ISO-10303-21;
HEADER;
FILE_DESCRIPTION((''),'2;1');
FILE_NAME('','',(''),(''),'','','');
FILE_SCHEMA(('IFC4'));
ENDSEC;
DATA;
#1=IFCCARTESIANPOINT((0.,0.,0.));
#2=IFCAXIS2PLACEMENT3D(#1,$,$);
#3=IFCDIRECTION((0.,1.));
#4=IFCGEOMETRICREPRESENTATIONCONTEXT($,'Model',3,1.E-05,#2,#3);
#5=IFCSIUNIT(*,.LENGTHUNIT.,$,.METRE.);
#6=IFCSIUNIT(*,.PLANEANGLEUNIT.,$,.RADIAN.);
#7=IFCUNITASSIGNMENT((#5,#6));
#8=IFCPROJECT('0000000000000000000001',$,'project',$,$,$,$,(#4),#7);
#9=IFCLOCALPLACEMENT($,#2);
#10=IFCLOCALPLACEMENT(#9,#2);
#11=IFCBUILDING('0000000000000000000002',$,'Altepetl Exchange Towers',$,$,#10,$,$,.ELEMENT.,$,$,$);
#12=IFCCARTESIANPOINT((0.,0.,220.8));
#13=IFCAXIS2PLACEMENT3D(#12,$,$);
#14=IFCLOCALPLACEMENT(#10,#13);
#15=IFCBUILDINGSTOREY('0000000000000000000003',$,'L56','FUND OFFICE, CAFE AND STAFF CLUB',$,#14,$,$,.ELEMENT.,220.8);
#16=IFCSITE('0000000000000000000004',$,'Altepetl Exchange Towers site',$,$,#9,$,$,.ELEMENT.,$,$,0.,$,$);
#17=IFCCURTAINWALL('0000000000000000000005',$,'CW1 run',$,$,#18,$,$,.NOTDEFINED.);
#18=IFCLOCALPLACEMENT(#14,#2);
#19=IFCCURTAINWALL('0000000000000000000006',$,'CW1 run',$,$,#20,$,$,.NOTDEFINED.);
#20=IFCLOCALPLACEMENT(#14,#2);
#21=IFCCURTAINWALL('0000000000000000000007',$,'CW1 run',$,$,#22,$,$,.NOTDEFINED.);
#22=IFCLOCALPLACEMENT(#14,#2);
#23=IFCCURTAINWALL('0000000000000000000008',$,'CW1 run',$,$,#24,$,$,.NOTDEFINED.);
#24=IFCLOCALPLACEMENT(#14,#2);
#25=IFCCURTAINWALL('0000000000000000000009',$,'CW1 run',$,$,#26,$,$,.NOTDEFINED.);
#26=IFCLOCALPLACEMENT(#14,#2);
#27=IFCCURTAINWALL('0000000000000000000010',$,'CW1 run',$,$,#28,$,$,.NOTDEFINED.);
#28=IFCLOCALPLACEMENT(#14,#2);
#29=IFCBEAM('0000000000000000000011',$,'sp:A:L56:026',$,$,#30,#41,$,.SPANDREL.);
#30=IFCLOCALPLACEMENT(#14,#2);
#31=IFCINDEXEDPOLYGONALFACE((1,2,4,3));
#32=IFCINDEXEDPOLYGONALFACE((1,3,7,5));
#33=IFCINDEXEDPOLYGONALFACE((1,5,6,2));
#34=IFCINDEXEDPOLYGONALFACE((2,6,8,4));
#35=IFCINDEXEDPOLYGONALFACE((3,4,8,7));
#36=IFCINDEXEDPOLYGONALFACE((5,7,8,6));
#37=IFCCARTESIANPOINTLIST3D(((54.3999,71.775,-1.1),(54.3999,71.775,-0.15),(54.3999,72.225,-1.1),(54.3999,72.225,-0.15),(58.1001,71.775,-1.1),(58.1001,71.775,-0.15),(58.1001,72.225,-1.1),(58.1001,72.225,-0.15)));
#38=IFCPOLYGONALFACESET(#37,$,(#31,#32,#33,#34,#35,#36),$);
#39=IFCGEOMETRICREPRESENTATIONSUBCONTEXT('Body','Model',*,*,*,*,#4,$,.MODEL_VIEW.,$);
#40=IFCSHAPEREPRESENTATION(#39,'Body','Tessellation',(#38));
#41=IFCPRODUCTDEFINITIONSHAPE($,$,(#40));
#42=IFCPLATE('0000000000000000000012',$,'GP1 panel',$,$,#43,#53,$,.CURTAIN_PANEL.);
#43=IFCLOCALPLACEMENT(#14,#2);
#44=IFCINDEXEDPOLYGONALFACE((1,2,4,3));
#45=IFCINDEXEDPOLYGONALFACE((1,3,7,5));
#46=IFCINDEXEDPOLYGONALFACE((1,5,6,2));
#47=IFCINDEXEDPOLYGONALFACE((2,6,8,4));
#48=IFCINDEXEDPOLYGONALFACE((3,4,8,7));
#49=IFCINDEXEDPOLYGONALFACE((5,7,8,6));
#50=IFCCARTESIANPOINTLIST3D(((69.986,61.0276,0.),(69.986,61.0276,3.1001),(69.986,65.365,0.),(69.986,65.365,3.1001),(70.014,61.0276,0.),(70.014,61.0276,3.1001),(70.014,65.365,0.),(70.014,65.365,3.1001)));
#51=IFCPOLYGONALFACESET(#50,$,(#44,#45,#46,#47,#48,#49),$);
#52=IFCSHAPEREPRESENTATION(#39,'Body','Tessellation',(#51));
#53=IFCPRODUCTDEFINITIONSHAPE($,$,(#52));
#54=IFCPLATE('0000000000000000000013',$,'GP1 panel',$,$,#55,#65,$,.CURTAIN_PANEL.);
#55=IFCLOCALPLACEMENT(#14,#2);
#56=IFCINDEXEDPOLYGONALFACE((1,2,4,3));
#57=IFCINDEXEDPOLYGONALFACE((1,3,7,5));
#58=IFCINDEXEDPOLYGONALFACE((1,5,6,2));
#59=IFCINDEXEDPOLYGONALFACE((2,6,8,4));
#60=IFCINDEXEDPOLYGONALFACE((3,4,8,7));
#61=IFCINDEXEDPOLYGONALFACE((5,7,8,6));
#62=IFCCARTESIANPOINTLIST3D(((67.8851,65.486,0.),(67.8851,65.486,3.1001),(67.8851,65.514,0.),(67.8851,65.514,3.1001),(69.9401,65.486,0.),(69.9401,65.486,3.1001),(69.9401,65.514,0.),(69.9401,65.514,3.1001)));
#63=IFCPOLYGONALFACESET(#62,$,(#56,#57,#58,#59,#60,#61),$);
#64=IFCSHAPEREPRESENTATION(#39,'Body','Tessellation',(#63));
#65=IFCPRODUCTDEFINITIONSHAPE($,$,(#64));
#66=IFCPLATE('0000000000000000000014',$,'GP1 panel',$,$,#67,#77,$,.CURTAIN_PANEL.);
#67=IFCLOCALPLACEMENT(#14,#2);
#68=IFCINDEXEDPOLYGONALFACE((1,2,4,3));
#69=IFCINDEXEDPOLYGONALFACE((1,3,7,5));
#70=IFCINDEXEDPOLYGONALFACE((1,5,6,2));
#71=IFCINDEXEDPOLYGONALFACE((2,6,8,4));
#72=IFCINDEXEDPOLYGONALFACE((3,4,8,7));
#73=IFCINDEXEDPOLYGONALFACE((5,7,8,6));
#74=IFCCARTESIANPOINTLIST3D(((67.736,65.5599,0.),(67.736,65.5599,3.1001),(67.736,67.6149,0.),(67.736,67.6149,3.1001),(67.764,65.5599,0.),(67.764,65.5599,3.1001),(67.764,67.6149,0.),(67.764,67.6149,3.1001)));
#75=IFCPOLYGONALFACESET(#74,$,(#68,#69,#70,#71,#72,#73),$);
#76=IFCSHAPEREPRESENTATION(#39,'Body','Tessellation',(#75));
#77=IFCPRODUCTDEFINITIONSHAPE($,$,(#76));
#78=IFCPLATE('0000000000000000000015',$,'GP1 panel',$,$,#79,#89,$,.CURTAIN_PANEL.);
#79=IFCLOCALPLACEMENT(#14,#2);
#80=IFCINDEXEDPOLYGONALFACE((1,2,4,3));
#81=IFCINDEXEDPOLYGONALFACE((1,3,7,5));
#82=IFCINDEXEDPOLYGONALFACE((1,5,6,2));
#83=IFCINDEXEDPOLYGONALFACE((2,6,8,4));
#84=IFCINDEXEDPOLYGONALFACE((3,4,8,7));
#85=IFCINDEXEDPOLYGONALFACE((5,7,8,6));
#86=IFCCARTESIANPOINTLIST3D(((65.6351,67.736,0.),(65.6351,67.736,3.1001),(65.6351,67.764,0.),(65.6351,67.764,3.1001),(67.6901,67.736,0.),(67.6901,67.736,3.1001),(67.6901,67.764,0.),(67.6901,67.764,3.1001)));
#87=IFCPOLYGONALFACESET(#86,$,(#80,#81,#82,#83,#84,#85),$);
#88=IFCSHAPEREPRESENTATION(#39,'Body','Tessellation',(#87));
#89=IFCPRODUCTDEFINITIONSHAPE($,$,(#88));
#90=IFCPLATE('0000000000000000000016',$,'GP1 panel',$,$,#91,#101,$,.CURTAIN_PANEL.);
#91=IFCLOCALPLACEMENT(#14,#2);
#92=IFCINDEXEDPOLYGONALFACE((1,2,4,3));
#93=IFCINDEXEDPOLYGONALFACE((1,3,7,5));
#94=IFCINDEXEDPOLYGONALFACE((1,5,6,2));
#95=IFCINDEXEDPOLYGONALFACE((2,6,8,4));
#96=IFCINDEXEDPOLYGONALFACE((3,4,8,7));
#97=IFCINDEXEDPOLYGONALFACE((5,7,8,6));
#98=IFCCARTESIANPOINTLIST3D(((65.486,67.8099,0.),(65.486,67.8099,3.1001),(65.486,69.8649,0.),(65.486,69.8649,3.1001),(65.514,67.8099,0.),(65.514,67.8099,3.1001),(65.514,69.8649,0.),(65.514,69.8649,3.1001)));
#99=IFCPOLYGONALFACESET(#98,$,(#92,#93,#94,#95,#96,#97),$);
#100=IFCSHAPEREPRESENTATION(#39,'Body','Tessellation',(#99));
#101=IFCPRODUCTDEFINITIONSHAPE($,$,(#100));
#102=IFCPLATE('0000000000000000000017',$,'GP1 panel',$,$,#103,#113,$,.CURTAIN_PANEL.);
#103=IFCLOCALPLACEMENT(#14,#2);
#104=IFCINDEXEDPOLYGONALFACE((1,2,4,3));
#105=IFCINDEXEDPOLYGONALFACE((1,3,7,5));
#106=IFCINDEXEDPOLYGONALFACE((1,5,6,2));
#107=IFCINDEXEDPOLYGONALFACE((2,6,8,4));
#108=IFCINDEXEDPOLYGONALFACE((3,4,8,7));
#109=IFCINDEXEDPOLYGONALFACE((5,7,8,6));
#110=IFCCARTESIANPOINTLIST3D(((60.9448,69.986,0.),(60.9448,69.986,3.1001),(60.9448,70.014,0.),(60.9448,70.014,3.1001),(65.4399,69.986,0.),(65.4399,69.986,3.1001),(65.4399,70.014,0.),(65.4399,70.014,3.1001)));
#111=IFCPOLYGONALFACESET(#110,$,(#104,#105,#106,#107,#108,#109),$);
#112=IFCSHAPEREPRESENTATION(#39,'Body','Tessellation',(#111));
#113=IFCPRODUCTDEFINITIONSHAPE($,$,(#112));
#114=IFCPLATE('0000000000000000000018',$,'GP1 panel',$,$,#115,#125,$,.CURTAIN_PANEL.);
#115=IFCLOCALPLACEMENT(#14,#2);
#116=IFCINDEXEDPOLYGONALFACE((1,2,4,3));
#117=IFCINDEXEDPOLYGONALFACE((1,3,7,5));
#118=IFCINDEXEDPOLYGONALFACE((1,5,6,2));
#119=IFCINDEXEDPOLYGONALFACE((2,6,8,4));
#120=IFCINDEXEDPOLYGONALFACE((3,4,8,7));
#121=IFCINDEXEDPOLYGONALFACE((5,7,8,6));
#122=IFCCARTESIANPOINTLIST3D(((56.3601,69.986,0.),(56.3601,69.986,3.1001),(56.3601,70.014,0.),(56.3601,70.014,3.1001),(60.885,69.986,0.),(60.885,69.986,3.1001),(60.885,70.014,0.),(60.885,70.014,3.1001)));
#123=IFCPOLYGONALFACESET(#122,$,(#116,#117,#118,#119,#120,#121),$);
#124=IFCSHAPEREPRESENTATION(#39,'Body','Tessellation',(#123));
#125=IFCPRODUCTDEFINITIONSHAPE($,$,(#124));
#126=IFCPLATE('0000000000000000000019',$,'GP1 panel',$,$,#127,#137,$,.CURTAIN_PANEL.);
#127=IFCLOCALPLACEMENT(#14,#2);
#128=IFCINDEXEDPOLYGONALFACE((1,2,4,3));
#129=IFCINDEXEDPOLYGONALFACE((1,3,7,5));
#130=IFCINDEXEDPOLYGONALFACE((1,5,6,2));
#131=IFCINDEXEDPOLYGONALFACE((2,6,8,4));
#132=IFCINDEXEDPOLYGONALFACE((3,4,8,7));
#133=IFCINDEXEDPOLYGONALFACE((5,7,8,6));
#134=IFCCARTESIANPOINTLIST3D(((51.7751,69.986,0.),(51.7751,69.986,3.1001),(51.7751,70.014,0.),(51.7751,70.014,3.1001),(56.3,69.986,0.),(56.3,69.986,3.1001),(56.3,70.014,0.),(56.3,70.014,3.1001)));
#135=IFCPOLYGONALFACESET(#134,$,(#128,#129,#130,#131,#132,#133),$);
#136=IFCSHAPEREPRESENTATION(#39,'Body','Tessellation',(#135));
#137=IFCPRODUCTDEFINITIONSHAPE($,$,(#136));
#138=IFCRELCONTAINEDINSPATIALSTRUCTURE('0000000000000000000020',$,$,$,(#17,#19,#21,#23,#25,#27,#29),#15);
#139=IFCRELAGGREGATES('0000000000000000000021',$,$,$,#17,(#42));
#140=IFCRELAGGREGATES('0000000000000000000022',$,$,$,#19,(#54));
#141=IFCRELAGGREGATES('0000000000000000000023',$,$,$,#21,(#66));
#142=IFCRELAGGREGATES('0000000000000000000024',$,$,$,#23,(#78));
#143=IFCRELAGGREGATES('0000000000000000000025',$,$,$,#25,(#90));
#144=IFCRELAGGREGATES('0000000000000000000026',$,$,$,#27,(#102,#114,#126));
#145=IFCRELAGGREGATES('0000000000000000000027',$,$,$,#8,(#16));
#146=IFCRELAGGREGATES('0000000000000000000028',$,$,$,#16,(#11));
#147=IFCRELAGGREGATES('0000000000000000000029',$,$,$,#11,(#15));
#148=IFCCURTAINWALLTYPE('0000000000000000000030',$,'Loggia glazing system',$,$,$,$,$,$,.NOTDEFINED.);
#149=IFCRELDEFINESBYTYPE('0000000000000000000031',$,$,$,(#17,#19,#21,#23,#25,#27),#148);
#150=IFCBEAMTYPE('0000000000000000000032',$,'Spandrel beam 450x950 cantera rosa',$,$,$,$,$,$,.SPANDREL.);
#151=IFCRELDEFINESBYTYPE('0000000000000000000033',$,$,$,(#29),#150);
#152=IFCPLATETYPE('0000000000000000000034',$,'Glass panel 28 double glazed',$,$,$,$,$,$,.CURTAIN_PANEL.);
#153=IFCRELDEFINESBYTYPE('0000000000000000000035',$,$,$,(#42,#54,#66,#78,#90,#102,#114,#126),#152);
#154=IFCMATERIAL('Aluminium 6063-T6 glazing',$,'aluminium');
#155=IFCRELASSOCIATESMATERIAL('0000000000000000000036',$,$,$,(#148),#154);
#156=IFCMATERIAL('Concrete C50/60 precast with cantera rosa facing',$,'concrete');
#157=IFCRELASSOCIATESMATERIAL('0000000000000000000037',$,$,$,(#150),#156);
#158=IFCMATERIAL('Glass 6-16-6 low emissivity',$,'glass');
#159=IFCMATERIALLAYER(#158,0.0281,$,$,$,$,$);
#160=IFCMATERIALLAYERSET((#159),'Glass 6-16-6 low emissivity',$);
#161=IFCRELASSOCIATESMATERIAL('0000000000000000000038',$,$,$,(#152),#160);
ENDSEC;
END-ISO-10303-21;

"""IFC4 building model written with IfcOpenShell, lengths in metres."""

from ifc_helpers import new_model, si_unit, direction, frame, origin, origin_2d, place, context, subcontext, project, spatial, rectangle, extrude, material, layer, layer_set, material_profile, profile_set, type_object, element, aggregate, save


model = new_model("IFC4")

# Units and contexts
model_context = context("Model", 3, precision=1e-05, world=origin(), true_north=direction((0.0, 1.0)))
body_context = subcontext(model_context, "Body", "Model", "MODEL_VIEW")
ifc_project = project(units=[si_unit("LENGTHUNIT", "METRE"), si_unit("PLANEANGLEUNIT", "RADIAN")], contexts=[model_context])

# Site, building, storey
site_placement = place(None, origin())
site = spatial("IfcSite", under=ifc_project, at=site_placement, Name="Altepetl Exchange Towers site", CompositionType="ELEMENT", RefElevation=0.0)
building_placement = place(site_placement, origin())
building = spatial("IfcBuilding", under=site, at=building_placement, Name="Altepetl Exchange Towers", CompositionType="ELEMENT")
storey_placement = place(building_placement, frame((0.0, 0.0, 220.8)))
storey = spatial("IfcBuildingStorey", under=building, at=storey_placement, Name="L56", Description="FUND OFFICE, CAFE AND STAFF CLUB", CompositionType="ELEMENT", Elevation=220.8)

# Curtain walls
ifc_material_1 = material(Name="Aluminium 6063-T6 glazing", Category="aluminium")
curtain_wall_type = type_object("IfcCurtainWallType", Name="Loggia glazing system", PredefinedType="NOTDEFINED", material=ifc_material_1)
curtain_wall_1_placement = place(storey_placement, origin())
curtain_wall_1 = element("IfcCurtainWall", 1, at=curtain_wall_1_placement, inside=storey, type_object=curtain_wall_type, Name="CW1 run", PredefinedType="NOTDEFINED")
curtain_wall_2_placement = place(storey_placement, origin())
curtain_wall_2 = element("IfcCurtainWall", 2, at=curtain_wall_2_placement, inside=storey, type_object=curtain_wall_type, Name="CW1 run", PredefinedType="NOTDEFINED")
curtain_wall_3_placement = place(storey_placement, origin())
curtain_wall_3 = element("IfcCurtainWall", 3, at=curtain_wall_3_placement, inside=storey, type_object=curtain_wall_type, Name="CW1 run", PredefinedType="NOTDEFINED")
curtain_wall_4_placement = place(storey_placement, origin())
curtain_wall_4 = element("IfcCurtainWall", 4, at=curtain_wall_4_placement, inside=storey, type_object=curtain_wall_type, Name="CW1 run", PredefinedType="NOTDEFINED")
curtain_wall_5_placement = place(storey_placement, origin())
curtain_wall_5 = element("IfcCurtainWall", 5, at=curtain_wall_5_placement, inside=storey, type_object=curtain_wall_type, Name="CW1 run", PredefinedType="NOTDEFINED")
curtain_wall_6_placement = place(storey_placement, origin())
curtain_wall_6 = element("IfcCurtainWall", 6, at=curtain_wall_6_placement, inside=storey, type_object=curtain_wall_type, Name="CW1 run", PredefinedType="NOTDEFINED")

# Beam
ifc_material_2 = material(Name="Concrete C50/60 precast with cantera rosa facing", Category="concrete")
ifc_material_profile_1 = material_profile(ifc_material_2, rectangle(XDim=0.45, YDim=0.95, at=origin_2d()), Name="450 x 950")
ifc_profile_set_1 = profile_set([ifc_material_profile_1], Name="Concrete C50/60 precast with cantera rosa facing")
beam_type = type_object("IfcBeamType", Name="Spandrel beam 450x950 cantera rosa", PredefinedType="SPANDREL", material=ifc_profile_set_1)
for number, where, z_axis, x_axis, name in (
    (7, (58.1001, 72.0, -0.625), (-1.0, 0.0, 0.0), (0.0, -1.0, 0.0), "sp:A:L56:026"),
):
    element("IfcBeam", number, at=place(storey_placement, frame(where, z_axis=z_axis, x_axis=x_axis)), inside=storey, type_object=beam_type, Name=name, PredefinedType="SPANDREL", context=body_context, shape_type="SweptSolid", body=[
        extrude(rectangle(XDim=0.45, YDim=0.95, at=origin_2d()), origin(), (0.0, 0.0, 1.0), 3.7002),
    ])

# Plates
ifc_material_3 = material(Name="Glass 6-16-6 low emissivity", Category="glass")
ifc_layer = layer(ifc_material_3, 0.0281)
ifc_layer_set = layer_set([ifc_layer], Name="Glass 6-16-6 low emissivity")
plate_type = type_object("IfcPlateType", Name="Glass panel 28 double glazed", PredefinedType="CURTAIN_PANEL", material=ifc_layer_set)
plate_1_placement = place(storey_placement, frame((70.0, 63.1963, 0.0), z_axis=(0.0, 0.0, 1.0), x_axis=(0.0, 1.0, 0.0)))
plate_1 = element("IfcPlate", 8, at=plate_1_placement, type_object=plate_type, Name="GP1 panel", PredefinedType="CURTAIN_PANEL", context=body_context, shape_type="SweptSolid", body=[
    extrude(rectangle(XDim=4.3374, YDim=0.0281, at=origin_2d()), origin(), (0.0, 0.0, 1.0), 3.1001),
])
aggregate(curtain_wall_1, [plate_1])
plate_2_placement = place(storey_placement, frame((68.9126, 65.5, 0.0), z_axis=(0.0, 0.0, 1.0), x_axis=(-1.0, 0.0, 0.0)))
plate_2 = element("IfcPlate", 9, at=plate_2_placement, type_object=plate_type, Name="GP1 panel", PredefinedType="CURTAIN_PANEL", context=body_context, shape_type="SweptSolid", body=[
    extrude(rectangle(XDim=2.0549, YDim=0.0281, at=origin_2d()), origin(), (0.0, 0.0, 1.0), 3.1001),
])
aggregate(curtain_wall_2, [plate_2])
plate_3_placement = place(storey_placement, frame((67.75, 66.5874, 0.0), z_axis=(0.0, 0.0, 1.0), x_axis=(0.0, 1.0, 0.0)))
plate_3 = element("IfcPlate", 10, at=plate_3_placement, type_object=plate_type, Name="GP1 panel", PredefinedType="CURTAIN_PANEL", context=body_context, shape_type="SweptSolid", body=[
    extrude(rectangle(XDim=2.0549, YDim=0.0281, at=origin_2d()), origin(), (0.0, 0.0, 1.0), 3.1001),
])
aggregate(curtain_wall_3, [plate_3])
plate_4_placement = place(storey_placement, frame((66.6626, 67.75, 0.0), z_axis=(0.0, 0.0, 1.0), x_axis=(-1.0, 0.0, 0.0)))
plate_4 = element("IfcPlate", 11, at=plate_4_placement, type_object=plate_type, Name="GP1 panel", PredefinedType="CURTAIN_PANEL", context=body_context, shape_type="SweptSolid", body=[
    extrude(rectangle(XDim=2.0549, YDim=0.0281, at=origin_2d()), origin(), (0.0, 0.0, 1.0), 3.1001),
])
aggregate(curtain_wall_4, [plate_4])
plate_5_placement = place(storey_placement, frame((65.5, 68.8374, 0.0), z_axis=(0.0, 0.0, 1.0), x_axis=(0.0, 1.0, 0.0)))
plate_5 = element("IfcPlate", 12, at=plate_5_placement, type_object=plate_type, Name="GP1 panel", PredefinedType="CURTAIN_PANEL", context=body_context, shape_type="SweptSolid", body=[
    extrude(rectangle(XDim=2.0549, YDim=0.0281, at=origin_2d()), origin(), (0.0, 0.0, 1.0), 3.1001),
])
aggregate(curtain_wall_5, [plate_5])
plate_6_placement = place(storey_placement, frame((63.1924, 70.0, 0.0), z_axis=(0.0, 0.0, 1.0), x_axis=(-1.0, 0.0, 0.0)))
plate_6 = element("IfcPlate", 13, at=plate_6_placement, type_object=plate_type, Name="GP1 panel", PredefinedType="CURTAIN_PANEL", context=body_context, shape_type="SweptSolid", body=[
    extrude(rectangle(XDim=4.4951, YDim=0.0281, at=origin_2d()), origin(), (0.0, 0.0, 1.0), 3.1001),
])
plate_7_placement = place(storey_placement, frame((58.6226, 70.0, 0.0), z_axis=(0.0, 0.0, 1.0), x_axis=(-1.0, 0.0, 0.0)))
plate_7 = element("IfcPlate", 14, at=plate_7_placement, type_object=plate_type, Name="GP1 panel", PredefinedType="CURTAIN_PANEL", context=body_context, shape_type="SweptSolid", body=[
    extrude(rectangle(XDim=4.5249, YDim=0.0281, at=origin_2d()), origin(), (0.0, 0.0, 1.0), 3.1001),
])
plate_8_placement = place(storey_placement, frame((54.0376, 70.0, 0.0), z_axis=(0.0, 0.0, 1.0), x_axis=(-1.0, 0.0, 0.0)))
plate_8 = element("IfcPlate", 15, at=plate_8_placement, type_object=plate_type, Name="GP1 panel", PredefinedType="CURTAIN_PANEL", context=body_context, shape_type="SweptSolid", body=[
    extrude(rectangle(XDim=4.5249, YDim=0.0281, at=origin_2d()), origin(), (0.0, 0.0, 1.0), 3.1001),
])
aggregate(curtain_wall_6, [plate_6, plate_7, plate_8])

save(model, "model.ifc")
